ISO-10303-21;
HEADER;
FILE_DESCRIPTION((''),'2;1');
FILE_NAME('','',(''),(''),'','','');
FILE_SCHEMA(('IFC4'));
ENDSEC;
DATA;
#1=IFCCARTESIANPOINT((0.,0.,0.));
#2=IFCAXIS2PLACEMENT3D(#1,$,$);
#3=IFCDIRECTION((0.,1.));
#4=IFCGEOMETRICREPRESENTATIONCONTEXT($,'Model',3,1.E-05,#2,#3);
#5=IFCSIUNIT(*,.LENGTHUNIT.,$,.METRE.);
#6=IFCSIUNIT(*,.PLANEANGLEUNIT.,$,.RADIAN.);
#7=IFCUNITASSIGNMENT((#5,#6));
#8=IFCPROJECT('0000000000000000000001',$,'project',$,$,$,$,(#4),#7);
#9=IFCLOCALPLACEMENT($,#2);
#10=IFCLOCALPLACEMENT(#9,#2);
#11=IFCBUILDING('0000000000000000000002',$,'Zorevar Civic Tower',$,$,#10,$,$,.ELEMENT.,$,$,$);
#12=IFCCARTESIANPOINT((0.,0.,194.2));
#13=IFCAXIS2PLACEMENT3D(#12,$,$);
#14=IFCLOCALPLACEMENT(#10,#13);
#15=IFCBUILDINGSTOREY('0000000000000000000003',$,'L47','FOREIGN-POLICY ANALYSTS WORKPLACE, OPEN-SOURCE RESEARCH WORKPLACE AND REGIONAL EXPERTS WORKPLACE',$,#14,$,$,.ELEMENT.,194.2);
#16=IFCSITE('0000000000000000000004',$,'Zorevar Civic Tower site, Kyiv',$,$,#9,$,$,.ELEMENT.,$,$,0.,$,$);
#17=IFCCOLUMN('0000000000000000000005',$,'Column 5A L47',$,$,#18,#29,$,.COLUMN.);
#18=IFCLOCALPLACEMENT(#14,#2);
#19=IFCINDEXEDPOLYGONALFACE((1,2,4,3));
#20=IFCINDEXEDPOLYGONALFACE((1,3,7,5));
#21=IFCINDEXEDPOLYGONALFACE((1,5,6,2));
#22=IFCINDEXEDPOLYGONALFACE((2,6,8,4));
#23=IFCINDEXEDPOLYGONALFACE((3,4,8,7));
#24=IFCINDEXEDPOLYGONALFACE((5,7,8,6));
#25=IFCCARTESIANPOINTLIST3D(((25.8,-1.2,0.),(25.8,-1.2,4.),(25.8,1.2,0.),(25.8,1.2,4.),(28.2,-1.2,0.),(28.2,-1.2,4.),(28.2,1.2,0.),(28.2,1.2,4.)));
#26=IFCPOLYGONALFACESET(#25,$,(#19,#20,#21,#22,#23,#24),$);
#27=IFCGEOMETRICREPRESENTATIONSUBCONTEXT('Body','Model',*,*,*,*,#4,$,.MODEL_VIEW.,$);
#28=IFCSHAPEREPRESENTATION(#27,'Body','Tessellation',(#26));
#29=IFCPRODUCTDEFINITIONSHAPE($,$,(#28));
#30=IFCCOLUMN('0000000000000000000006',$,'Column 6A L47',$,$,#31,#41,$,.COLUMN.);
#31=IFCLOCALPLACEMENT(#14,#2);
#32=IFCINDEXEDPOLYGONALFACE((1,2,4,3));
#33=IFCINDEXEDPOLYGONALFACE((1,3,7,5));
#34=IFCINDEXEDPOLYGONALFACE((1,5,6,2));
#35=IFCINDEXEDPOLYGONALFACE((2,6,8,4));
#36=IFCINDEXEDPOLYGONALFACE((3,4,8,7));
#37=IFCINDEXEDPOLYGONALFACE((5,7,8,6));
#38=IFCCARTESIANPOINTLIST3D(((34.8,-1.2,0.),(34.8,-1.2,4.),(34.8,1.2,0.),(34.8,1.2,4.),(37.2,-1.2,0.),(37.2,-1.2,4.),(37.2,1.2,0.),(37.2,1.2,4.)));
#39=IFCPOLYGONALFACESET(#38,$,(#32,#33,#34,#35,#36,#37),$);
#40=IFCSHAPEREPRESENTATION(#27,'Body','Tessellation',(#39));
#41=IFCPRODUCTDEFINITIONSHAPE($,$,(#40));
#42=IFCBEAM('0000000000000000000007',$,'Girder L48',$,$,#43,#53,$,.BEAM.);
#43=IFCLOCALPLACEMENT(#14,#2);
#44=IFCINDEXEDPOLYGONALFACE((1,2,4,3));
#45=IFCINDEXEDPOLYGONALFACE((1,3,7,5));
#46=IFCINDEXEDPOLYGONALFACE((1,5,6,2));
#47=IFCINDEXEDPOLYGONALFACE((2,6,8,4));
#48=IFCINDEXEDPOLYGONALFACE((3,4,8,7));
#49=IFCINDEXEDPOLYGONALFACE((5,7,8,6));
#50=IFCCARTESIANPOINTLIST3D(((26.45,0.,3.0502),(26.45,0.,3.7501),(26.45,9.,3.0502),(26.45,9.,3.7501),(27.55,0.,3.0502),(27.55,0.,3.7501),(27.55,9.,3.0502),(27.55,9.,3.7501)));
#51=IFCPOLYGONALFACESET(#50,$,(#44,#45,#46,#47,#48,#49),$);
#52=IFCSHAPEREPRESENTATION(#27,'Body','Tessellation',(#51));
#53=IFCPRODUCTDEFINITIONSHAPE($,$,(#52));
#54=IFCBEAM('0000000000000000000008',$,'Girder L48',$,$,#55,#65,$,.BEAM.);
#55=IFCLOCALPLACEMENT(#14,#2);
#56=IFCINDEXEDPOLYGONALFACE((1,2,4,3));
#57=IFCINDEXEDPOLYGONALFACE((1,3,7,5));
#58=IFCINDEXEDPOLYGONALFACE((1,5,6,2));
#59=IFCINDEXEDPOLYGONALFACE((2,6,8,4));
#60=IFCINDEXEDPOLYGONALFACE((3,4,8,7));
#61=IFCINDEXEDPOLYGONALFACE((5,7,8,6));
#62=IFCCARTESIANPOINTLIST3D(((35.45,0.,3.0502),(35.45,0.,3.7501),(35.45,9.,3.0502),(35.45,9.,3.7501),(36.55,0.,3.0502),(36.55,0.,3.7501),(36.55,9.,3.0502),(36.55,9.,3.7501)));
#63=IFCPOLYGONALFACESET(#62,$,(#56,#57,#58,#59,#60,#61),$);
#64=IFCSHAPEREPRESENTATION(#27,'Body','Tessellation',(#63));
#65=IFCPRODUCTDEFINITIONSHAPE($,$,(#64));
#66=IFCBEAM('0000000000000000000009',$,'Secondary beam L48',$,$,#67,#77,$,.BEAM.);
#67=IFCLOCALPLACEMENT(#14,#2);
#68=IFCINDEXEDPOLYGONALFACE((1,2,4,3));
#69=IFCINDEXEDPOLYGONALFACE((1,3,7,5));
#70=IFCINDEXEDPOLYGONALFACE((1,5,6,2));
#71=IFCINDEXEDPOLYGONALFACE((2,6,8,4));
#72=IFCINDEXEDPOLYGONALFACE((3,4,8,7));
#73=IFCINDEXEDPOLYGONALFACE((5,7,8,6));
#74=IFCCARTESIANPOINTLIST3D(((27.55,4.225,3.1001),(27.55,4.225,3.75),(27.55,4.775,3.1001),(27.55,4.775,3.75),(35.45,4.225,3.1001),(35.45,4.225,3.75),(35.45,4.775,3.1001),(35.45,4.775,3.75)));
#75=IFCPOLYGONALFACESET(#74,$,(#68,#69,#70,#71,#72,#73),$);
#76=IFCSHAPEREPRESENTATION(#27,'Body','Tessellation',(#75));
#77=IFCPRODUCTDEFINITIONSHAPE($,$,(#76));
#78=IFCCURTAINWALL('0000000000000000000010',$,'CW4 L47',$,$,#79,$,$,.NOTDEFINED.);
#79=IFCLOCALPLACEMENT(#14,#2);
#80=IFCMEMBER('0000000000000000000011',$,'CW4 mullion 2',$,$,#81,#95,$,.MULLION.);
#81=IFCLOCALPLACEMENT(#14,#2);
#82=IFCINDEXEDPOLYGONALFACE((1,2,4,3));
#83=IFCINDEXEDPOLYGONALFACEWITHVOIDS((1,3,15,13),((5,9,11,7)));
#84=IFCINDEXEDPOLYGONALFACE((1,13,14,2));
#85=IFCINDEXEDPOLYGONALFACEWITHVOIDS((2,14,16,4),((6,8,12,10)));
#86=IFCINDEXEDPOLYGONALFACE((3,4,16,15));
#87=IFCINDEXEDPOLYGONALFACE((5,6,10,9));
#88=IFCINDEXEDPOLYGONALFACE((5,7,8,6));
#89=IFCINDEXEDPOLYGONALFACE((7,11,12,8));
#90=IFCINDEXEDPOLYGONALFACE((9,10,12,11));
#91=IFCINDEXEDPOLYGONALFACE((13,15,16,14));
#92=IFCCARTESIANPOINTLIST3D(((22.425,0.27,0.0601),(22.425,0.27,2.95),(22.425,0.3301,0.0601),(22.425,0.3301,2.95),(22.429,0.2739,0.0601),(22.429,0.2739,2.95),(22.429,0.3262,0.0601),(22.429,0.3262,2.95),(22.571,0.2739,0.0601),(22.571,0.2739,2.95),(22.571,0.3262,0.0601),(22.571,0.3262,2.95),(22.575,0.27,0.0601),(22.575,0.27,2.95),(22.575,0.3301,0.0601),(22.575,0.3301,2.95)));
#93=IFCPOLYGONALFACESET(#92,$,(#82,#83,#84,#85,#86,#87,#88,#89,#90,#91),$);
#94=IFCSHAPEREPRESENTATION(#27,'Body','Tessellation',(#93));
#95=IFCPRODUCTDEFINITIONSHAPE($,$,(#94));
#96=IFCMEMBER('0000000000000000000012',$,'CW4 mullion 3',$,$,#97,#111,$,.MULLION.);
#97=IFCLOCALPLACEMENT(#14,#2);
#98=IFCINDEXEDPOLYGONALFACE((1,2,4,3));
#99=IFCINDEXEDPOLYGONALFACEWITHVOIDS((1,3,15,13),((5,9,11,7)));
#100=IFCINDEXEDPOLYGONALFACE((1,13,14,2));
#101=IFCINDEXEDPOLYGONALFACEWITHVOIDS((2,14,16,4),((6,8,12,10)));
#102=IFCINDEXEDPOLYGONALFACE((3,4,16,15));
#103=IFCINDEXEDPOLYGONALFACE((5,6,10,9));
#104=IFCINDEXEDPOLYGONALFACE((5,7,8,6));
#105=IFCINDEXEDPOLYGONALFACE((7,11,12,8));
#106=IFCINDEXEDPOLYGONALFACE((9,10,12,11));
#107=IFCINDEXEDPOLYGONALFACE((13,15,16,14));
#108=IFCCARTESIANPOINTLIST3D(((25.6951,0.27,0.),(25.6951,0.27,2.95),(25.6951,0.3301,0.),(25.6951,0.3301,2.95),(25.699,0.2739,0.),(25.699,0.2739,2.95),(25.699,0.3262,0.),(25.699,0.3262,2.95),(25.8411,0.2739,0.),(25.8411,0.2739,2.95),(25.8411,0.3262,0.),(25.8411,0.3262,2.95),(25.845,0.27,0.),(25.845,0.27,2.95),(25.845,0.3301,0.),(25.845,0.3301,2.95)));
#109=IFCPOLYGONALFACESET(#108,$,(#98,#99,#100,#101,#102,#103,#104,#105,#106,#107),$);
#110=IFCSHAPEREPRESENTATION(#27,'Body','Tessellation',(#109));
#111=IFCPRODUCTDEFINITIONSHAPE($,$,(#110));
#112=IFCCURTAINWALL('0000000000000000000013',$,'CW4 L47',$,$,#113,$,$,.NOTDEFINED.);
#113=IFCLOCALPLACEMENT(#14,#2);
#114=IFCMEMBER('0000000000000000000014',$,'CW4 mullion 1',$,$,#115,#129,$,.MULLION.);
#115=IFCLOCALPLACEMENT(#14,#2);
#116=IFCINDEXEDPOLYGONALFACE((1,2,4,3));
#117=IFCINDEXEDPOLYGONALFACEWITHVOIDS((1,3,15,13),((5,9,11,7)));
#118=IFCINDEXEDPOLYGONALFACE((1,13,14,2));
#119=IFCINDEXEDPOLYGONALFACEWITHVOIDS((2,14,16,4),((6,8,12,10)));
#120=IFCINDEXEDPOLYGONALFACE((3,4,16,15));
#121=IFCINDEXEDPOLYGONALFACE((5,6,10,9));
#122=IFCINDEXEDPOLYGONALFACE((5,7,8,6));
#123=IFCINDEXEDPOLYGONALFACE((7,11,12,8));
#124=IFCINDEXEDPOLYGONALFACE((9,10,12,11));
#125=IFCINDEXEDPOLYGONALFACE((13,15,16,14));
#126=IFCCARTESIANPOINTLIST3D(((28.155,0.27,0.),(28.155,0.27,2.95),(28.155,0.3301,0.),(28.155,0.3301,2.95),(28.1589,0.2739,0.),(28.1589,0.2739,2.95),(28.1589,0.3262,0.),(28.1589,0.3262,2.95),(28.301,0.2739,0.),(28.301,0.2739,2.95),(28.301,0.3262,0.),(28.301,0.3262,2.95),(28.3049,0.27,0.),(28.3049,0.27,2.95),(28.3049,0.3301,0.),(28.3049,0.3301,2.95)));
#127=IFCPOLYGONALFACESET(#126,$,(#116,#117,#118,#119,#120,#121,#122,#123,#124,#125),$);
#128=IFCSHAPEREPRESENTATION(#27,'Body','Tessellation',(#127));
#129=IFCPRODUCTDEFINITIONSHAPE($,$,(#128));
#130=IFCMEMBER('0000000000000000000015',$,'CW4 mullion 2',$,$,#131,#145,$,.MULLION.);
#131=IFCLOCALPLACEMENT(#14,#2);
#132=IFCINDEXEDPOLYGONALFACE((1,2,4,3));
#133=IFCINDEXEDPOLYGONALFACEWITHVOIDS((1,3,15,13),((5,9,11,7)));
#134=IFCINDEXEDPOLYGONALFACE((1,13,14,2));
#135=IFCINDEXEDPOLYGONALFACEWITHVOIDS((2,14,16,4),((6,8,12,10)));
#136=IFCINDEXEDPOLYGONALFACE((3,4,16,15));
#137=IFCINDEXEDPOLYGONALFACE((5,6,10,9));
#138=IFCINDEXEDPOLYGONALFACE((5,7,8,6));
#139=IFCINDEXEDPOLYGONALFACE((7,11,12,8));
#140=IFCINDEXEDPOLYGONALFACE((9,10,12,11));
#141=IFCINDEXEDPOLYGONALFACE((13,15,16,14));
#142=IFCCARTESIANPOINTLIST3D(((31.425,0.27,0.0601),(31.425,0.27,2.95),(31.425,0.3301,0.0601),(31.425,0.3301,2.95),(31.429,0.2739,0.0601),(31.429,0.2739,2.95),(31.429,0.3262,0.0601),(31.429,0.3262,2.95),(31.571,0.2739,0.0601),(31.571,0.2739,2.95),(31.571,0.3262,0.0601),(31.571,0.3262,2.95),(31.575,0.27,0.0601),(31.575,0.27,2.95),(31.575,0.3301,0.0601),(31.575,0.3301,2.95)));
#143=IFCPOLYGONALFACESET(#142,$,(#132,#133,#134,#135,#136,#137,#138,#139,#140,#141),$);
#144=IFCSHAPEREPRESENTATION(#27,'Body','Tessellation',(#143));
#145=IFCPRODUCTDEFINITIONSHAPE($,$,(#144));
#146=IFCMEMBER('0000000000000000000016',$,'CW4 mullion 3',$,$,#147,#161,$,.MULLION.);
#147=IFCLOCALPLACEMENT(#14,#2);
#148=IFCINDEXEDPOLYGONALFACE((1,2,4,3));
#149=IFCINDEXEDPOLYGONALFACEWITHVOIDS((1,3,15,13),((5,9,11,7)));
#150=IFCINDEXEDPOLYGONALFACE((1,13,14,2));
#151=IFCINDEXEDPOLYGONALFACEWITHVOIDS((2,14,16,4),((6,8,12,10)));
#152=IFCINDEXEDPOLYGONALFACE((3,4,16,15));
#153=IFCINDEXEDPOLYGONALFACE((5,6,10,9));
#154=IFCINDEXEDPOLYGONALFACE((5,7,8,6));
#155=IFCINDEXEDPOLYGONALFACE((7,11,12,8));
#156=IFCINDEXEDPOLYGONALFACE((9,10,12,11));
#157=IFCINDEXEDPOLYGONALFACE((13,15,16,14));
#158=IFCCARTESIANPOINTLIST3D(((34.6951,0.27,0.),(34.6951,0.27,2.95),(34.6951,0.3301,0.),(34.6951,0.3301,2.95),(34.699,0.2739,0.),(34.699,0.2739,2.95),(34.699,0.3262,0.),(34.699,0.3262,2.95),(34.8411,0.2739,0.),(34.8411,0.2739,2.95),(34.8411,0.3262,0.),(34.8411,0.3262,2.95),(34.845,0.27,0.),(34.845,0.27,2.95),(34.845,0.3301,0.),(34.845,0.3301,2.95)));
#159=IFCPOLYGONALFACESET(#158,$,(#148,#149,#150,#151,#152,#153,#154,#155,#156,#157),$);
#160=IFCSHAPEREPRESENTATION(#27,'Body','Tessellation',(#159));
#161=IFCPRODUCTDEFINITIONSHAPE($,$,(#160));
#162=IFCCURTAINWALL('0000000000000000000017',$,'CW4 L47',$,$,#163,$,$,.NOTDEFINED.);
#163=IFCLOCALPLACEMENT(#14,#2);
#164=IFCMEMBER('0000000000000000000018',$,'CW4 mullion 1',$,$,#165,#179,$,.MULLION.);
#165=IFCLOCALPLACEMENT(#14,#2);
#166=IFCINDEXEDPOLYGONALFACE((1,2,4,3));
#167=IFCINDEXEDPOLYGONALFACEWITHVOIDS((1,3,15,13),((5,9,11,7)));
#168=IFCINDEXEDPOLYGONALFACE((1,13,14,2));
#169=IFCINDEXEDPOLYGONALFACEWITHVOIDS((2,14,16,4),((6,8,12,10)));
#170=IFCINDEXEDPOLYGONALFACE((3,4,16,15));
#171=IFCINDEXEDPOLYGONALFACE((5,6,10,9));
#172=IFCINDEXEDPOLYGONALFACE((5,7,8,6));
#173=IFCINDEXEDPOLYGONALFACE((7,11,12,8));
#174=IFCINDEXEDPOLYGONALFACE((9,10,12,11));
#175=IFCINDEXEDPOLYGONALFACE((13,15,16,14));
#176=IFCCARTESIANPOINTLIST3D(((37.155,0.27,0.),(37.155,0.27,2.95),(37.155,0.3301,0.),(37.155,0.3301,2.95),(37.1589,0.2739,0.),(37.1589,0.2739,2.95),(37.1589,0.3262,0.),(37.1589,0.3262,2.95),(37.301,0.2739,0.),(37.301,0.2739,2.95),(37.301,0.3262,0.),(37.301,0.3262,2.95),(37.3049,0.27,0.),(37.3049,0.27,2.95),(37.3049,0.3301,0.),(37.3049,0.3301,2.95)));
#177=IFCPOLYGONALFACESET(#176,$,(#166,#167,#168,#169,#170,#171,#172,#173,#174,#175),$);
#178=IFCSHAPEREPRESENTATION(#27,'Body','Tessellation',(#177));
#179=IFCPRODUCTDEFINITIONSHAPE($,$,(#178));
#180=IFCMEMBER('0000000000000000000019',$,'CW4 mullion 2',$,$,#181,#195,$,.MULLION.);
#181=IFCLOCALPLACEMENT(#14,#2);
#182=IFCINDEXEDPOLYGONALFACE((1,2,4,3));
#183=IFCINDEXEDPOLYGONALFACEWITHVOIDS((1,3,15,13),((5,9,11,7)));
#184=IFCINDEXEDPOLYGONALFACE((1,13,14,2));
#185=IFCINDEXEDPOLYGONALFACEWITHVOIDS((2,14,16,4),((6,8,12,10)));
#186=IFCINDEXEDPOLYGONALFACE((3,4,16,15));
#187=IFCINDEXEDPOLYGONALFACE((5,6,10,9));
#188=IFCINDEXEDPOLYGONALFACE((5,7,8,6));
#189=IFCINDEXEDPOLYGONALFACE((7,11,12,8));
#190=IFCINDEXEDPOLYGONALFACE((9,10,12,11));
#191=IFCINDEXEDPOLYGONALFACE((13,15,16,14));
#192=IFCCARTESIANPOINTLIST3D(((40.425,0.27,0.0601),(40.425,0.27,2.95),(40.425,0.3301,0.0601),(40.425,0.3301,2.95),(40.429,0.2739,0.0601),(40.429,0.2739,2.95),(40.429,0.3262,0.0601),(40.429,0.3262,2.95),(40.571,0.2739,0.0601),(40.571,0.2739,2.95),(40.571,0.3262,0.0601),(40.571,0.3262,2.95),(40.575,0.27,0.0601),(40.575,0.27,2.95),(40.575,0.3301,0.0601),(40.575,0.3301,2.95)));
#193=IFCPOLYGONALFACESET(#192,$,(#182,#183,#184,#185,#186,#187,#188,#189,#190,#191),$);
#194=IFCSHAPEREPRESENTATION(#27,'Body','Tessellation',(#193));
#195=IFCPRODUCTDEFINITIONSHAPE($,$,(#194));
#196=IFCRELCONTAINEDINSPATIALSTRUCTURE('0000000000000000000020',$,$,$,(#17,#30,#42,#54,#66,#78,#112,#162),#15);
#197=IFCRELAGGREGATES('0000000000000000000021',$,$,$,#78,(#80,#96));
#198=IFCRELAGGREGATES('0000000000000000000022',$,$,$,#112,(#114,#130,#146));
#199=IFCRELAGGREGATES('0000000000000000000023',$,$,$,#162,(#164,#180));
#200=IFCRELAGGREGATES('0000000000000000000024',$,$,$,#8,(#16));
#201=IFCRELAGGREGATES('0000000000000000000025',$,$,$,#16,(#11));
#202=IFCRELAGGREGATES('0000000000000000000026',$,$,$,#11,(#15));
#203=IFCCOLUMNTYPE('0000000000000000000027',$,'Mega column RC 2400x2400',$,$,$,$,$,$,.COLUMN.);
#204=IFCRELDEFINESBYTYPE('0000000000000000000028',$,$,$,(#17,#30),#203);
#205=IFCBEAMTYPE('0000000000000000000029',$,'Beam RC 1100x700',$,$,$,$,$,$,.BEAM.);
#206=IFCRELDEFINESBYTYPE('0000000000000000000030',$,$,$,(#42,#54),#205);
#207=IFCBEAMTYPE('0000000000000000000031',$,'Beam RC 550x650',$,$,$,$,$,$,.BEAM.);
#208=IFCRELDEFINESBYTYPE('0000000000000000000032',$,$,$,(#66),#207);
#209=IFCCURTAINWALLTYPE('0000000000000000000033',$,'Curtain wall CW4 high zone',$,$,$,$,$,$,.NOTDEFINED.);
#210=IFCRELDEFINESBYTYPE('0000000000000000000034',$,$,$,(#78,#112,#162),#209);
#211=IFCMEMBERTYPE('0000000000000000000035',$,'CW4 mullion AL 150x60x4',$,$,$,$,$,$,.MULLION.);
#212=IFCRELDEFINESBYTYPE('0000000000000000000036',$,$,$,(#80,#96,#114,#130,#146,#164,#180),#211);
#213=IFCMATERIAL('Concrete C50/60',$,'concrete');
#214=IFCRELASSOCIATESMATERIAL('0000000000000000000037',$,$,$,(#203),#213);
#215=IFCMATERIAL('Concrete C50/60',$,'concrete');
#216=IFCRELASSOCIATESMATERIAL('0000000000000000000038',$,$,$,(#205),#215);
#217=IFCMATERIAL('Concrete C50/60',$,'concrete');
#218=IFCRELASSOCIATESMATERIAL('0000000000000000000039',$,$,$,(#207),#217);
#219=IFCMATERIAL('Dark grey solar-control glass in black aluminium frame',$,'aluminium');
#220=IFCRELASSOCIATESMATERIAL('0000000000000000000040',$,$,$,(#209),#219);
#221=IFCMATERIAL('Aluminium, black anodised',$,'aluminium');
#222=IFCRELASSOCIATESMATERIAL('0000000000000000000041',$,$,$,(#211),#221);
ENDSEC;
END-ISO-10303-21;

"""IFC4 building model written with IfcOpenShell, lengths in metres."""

from ifc_helpers import new_model, si_unit, direction, frame, origin, origin_2d, place, context, subcontext, project, spatial, rectangle, hollow_rectangle, extrude, material, material_profile, profile_set, type_object, element, aggregate, save


model = new_model("IFC4")

# Units and contexts
model_context = context("Model", 3, precision=1e-05, world=origin(), true_north=direction((0.0, 1.0)))
body_context = subcontext(model_context, "Body", "Model", "MODEL_VIEW")
ifc_project = project(units=[si_unit("LENGTHUNIT", "METRE"), si_unit("PLANEANGLEUNIT", "RADIAN")], contexts=[model_context])

# Site, building, storey
site_placement = place(None, origin())
site = spatial("IfcSite", under=ifc_project, at=site_placement, Name="Zorevar Civic Tower site, Kyiv", CompositionType="ELEMENT", RefElevation=0.0)
building_placement = place(site_placement, origin())
building = spatial("IfcBuilding", under=site, at=building_placement, Name="Zorevar Civic Tower", CompositionType="ELEMENT")
storey_placement = place(building_placement, frame((0.0, 0.0, 194.2)))
storey = spatial("IfcBuildingStorey", under=building, at=storey_placement, Name="L47", Description="FOREIGN-POLICY ANALYSTS WORKPLACE, OPEN-SOURCE RESEARCH WORKPLACE AND REGIONAL EXPERTS WORKPLACE", CompositionType="ELEMENT", Elevation=194.2)

# Columns
ifc_material_1 = material(Name="Concrete C50/60", Category="concrete")
ifc_material_profile_1 = material_profile(ifc_material_1, rectangle(XDim=2.3999, YDim=2.3999, at=origin_2d()), Name="RC 2400x2400")
ifc_profile_set_1 = profile_set([ifc_material_profile_1], Name="Concrete C50/60")
column_type = type_object("IfcColumnType", Name="Mega column RC 2400x2400", PredefinedType="COLUMN", material=ifc_profile_set_1)
for number, where, z_axis, x_axis, name in (
    (1, (27.0, 0.0, 0.0), (0.0, 0.0, 1.0), (1.0, 0.0, 0.0), "Column 5A L47"),
    (2, (36.0, 0.0, 0.0), (0.0, 0.0, 1.0), (1.0, 0.0, 0.0), "Column 6A L47"),
):
    element("IfcColumn", number, at=place(storey_placement, frame(where, z_axis=z_axis, x_axis=x_axis)), inside=storey, type_object=column_type, Name=name, PredefinedType="COLUMN", context=body_context, shape_type="SweptSolid", body=[
        extrude(rectangle(XDim=2.3999, YDim=2.3999, at=origin_2d()), origin(), (0.0, 0.0, 1.0), 4.0),
    ])

# Beams
ifc_material_2 = material(Name="Concrete C50/60", Category="concrete")
ifc_material_profile_2 = material_profile(ifc_material_2, rectangle(XDim=1.1001, YDim=0.7, at=origin_2d()), Name="RC 1100x700")
ifc_profile_set_2 = profile_set([ifc_material_profile_2], Name="Concrete C50/60")
beam_type_1 = type_object("IfcBeamType", Name="Beam RC 1100x700", PredefinedType="BEAM", material=ifc_profile_set_2)
for number, where, z_axis, x_axis, name in (
    (3, (27.0, 0.0, 3.4001), (0.0, 1.0, 0.0), (-1.0, 0.0, 0.0), "Girder L48"),
    (4, (36.0, 0.0, 3.4001), (0.0, 1.0, 0.0), (-1.0, 0.0, 0.0), "Girder L48"),
):
    element("IfcBeam", number, at=place(storey_placement, frame(where, z_axis=z_axis, x_axis=x_axis)), inside=storey, type_object=beam_type_1, Name=name, PredefinedType="BEAM", context=body_context, shape_type="SweptSolid", body=[
        extrude(rectangle(XDim=1.1001, YDim=0.7, at=origin_2d()), origin(), (0.0, 0.0, 1.0), 9.0),
    ])
ifc_material_3 = material(Name="Concrete C50/60", Category="concrete")
ifc_material_profile_3 = material_profile(ifc_material_3, rectangle(XDim=0.55, YDim=0.6499, at=origin_2d()), Name="RC 550x650")
ifc_profile_set_3 = profile_set([ifc_material_profile_3], Name="Concrete C50/60")
beam_type_2 = type_object("IfcBeamType", Name="Beam RC 550x650", PredefinedType="BEAM", material=ifc_profile_set_3)
beam_placement = place(storey_placement, frame((27.55, 4.5, 3.425), z_axis=(1.0, 0.0, 0.0), x_axis=(0.0, 1.0, 0.0)))
element("IfcBeam", 5, at=beam_placement, inside=storey, type_object=beam_type_2, Name="Secondary beam L48", PredefinedType="BEAM", context=body_context, shape_type="SweptSolid", body=[
    extrude(rectangle(XDim=0.55, YDim=0.6499, at=origin_2d()), origin(), (0.0, 0.0, 1.0), 7.8999),
])

# Curtain walls, members
ifc_material_4 = material(Name="Dark grey solar-control glass in black aluminium frame", Category="aluminium")
curtain_wall_type = type_object("IfcCurtainWallType", Name="Curtain wall CW4 high zone", PredefinedType="NOTDEFINED", material=ifc_material_4)
curtain_wall_1_placement = place(storey_placement, origin())
curtain_wall_1 = element("IfcCurtainWall", 6, at=curtain_wall_1_placement, inside=storey, type_object=curtain_wall_type, Name="CW4 L47", PredefinedType="NOTDEFINED")
ifc_material_5 = material(Name="Aluminium, black anodised", Category="aluminium")
ifc_material_profile_4 = material_profile(ifc_material_5, hollow_rectangle(XDim=0.0601, YDim=0.1499, WallThickness=0.0039, at=origin_2d()), Name="AL 150x60x4")
ifc_profile_set_4 = profile_set([ifc_material_profile_4], Name="Aluminium, black anodised")
member_type_1 = type_object("IfcMemberType", Name="CW4 mullion AL 150x60x4", PredefinedType="MULLION", material=ifc_profile_set_4)
member_1_placement = place(storey_placement, frame((22.5, 0.3, 0.0601), z_axis=(0.0, 0.0, 1.0), x_axis=(0.0, 1.0, 0.0)))
member_1 = element("IfcMember", 7, at=member_1_placement, type_object=member_type_1, Name="CW4 mullion 2", PredefinedType="MULLION", context=body_context, shape_type="SweptSolid", body=[
    extrude(hollow_rectangle(XDim=0.0601, YDim=0.1499, WallThickness=0.0039, at=origin_2d()), origin(), (0.0, 0.0, 1.0), 2.8899),
])
member_2_placement = place(storey_placement, frame((25.77, 0.3, 0.0), z_axis=(0.0, 0.0, 1.0), x_axis=(0.0, 1.0, 0.0)))
member_2 = element("IfcMember", 8, at=member_2_placement, type_object=member_type_1, Name="CW4 mullion 3", PredefinedType="MULLION", context=body_context, shape_type="SweptSolid", body=[
    extrude(hollow_rectangle(XDim=0.0601, YDim=0.1499, WallThickness=0.0039, at=origin_2d()), origin(), (0.0, 0.0, 1.0), 2.95),
])
curtain_wall_2_placement = place(storey_placement, origin())
curtain_wall_2 = element("IfcCurtainWall", 9, at=curtain_wall_2_placement, inside=storey, type_object=curtain_wall_type, Name="CW4 L47", PredefinedType="NOTDEFINED")
member_3_placement = place(storey_placement, frame((28.23, 0.3, 0.0), z_axis=(0.0, 0.0, 1.0), x_axis=(0.0, 1.0, 0.0)))
member_3 = element("IfcMember", 10, at=member_3_placement, type_object=member_type_1, Name="CW4 mullion 1", PredefinedType="MULLION", context=body_context, shape_type="SweptSolid", body=[
    extrude(hollow_rectangle(XDim=0.0601, YDim=0.1499, WallThickness=0.0039, at=origin_2d()), origin(), (0.0, 0.0, 1.0), 2.95),
])
member_4_placement = place(storey_placement, frame((31.5, 0.3, 0.0601), z_axis=(0.0, 0.0, 1.0), x_axis=(0.0, 1.0, 0.0)))
member_4 = element("IfcMember", 11, at=member_4_placement, type_object=member_type_1, Name="CW4 mullion 2", PredefinedType="MULLION", context=body_context, shape_type="SweptSolid", body=[
    extrude(hollow_rectangle(XDim=0.0601, YDim=0.1499, WallThickness=0.0039, at=origin_2d()), origin(), (0.0, 0.0, 1.0), 2.8899),
])
member_5_placement = place(storey_placement, frame((34.77, 0.3, 0.0), z_axis=(0.0, 0.0, 1.0), x_axis=(0.0, 1.0, 0.0)))
member_5 = element("IfcMember", 12, at=member_5_placement, type_object=member_type_1, Name="CW4 mullion 3", PredefinedType="MULLION", context=body_context, shape_type="SweptSolid", body=[
    extrude(hollow_rectangle(XDim=0.0601, YDim=0.1499, WallThickness=0.0039, at=origin_2d()), origin(), (0.0, 0.0, 1.0), 2.95),
])
curtain_wall_3_placement = place(storey_placement, origin())
curtain_wall_3 = element("IfcCurtainWall", 13, at=curtain_wall_3_placement, inside=storey, type_object=curtain_wall_type, Name="CW4 L47", PredefinedType="NOTDEFINED")
member_6_placement = place(storey_placement, frame((37.23, 0.3, 0.0), z_axis=(0.0, 0.0, 1.0), x_axis=(0.0, 1.0, 0.0)))
member_6 = element("IfcMember", 14, at=member_6_placement, type_object=member_type_1, Name="CW4 mullion 1", PredefinedType="MULLION", context=body_context, shape_type="SweptSolid", body=[
    extrude(hollow_rectangle(XDim=0.0601, YDim=0.1499, WallThickness=0.0039, at=origin_2d()), origin(), (0.0, 0.0, 1.0), 2.95),
])
member_7_placement = place(storey_placement, frame((40.5, 0.3, 0.0601), z_axis=(0.0, 0.0, 1.0), x_axis=(0.0, 1.0, 0.0)))
member_7 = element("IfcMember", 15, at=member_7_placement, type_object=member_type_1, Name="CW4 mullion 2", PredefinedType="MULLION", context=body_context, shape_type="SweptSolid", body=[
    extrude(hollow_rectangle(XDim=0.0601, YDim=0.1499, WallThickness=0.0039, at=origin_2d()), origin(), (0.0, 0.0, 1.0), 2.8899),
])

aggregate(curtain_wall_1, [member_1, member_2])
aggregate(curtain_wall_2, [member_3, member_4, member_5])
aggregate(curtain_wall_3, [member_6, member_7])

save(model, "model.ifc")
